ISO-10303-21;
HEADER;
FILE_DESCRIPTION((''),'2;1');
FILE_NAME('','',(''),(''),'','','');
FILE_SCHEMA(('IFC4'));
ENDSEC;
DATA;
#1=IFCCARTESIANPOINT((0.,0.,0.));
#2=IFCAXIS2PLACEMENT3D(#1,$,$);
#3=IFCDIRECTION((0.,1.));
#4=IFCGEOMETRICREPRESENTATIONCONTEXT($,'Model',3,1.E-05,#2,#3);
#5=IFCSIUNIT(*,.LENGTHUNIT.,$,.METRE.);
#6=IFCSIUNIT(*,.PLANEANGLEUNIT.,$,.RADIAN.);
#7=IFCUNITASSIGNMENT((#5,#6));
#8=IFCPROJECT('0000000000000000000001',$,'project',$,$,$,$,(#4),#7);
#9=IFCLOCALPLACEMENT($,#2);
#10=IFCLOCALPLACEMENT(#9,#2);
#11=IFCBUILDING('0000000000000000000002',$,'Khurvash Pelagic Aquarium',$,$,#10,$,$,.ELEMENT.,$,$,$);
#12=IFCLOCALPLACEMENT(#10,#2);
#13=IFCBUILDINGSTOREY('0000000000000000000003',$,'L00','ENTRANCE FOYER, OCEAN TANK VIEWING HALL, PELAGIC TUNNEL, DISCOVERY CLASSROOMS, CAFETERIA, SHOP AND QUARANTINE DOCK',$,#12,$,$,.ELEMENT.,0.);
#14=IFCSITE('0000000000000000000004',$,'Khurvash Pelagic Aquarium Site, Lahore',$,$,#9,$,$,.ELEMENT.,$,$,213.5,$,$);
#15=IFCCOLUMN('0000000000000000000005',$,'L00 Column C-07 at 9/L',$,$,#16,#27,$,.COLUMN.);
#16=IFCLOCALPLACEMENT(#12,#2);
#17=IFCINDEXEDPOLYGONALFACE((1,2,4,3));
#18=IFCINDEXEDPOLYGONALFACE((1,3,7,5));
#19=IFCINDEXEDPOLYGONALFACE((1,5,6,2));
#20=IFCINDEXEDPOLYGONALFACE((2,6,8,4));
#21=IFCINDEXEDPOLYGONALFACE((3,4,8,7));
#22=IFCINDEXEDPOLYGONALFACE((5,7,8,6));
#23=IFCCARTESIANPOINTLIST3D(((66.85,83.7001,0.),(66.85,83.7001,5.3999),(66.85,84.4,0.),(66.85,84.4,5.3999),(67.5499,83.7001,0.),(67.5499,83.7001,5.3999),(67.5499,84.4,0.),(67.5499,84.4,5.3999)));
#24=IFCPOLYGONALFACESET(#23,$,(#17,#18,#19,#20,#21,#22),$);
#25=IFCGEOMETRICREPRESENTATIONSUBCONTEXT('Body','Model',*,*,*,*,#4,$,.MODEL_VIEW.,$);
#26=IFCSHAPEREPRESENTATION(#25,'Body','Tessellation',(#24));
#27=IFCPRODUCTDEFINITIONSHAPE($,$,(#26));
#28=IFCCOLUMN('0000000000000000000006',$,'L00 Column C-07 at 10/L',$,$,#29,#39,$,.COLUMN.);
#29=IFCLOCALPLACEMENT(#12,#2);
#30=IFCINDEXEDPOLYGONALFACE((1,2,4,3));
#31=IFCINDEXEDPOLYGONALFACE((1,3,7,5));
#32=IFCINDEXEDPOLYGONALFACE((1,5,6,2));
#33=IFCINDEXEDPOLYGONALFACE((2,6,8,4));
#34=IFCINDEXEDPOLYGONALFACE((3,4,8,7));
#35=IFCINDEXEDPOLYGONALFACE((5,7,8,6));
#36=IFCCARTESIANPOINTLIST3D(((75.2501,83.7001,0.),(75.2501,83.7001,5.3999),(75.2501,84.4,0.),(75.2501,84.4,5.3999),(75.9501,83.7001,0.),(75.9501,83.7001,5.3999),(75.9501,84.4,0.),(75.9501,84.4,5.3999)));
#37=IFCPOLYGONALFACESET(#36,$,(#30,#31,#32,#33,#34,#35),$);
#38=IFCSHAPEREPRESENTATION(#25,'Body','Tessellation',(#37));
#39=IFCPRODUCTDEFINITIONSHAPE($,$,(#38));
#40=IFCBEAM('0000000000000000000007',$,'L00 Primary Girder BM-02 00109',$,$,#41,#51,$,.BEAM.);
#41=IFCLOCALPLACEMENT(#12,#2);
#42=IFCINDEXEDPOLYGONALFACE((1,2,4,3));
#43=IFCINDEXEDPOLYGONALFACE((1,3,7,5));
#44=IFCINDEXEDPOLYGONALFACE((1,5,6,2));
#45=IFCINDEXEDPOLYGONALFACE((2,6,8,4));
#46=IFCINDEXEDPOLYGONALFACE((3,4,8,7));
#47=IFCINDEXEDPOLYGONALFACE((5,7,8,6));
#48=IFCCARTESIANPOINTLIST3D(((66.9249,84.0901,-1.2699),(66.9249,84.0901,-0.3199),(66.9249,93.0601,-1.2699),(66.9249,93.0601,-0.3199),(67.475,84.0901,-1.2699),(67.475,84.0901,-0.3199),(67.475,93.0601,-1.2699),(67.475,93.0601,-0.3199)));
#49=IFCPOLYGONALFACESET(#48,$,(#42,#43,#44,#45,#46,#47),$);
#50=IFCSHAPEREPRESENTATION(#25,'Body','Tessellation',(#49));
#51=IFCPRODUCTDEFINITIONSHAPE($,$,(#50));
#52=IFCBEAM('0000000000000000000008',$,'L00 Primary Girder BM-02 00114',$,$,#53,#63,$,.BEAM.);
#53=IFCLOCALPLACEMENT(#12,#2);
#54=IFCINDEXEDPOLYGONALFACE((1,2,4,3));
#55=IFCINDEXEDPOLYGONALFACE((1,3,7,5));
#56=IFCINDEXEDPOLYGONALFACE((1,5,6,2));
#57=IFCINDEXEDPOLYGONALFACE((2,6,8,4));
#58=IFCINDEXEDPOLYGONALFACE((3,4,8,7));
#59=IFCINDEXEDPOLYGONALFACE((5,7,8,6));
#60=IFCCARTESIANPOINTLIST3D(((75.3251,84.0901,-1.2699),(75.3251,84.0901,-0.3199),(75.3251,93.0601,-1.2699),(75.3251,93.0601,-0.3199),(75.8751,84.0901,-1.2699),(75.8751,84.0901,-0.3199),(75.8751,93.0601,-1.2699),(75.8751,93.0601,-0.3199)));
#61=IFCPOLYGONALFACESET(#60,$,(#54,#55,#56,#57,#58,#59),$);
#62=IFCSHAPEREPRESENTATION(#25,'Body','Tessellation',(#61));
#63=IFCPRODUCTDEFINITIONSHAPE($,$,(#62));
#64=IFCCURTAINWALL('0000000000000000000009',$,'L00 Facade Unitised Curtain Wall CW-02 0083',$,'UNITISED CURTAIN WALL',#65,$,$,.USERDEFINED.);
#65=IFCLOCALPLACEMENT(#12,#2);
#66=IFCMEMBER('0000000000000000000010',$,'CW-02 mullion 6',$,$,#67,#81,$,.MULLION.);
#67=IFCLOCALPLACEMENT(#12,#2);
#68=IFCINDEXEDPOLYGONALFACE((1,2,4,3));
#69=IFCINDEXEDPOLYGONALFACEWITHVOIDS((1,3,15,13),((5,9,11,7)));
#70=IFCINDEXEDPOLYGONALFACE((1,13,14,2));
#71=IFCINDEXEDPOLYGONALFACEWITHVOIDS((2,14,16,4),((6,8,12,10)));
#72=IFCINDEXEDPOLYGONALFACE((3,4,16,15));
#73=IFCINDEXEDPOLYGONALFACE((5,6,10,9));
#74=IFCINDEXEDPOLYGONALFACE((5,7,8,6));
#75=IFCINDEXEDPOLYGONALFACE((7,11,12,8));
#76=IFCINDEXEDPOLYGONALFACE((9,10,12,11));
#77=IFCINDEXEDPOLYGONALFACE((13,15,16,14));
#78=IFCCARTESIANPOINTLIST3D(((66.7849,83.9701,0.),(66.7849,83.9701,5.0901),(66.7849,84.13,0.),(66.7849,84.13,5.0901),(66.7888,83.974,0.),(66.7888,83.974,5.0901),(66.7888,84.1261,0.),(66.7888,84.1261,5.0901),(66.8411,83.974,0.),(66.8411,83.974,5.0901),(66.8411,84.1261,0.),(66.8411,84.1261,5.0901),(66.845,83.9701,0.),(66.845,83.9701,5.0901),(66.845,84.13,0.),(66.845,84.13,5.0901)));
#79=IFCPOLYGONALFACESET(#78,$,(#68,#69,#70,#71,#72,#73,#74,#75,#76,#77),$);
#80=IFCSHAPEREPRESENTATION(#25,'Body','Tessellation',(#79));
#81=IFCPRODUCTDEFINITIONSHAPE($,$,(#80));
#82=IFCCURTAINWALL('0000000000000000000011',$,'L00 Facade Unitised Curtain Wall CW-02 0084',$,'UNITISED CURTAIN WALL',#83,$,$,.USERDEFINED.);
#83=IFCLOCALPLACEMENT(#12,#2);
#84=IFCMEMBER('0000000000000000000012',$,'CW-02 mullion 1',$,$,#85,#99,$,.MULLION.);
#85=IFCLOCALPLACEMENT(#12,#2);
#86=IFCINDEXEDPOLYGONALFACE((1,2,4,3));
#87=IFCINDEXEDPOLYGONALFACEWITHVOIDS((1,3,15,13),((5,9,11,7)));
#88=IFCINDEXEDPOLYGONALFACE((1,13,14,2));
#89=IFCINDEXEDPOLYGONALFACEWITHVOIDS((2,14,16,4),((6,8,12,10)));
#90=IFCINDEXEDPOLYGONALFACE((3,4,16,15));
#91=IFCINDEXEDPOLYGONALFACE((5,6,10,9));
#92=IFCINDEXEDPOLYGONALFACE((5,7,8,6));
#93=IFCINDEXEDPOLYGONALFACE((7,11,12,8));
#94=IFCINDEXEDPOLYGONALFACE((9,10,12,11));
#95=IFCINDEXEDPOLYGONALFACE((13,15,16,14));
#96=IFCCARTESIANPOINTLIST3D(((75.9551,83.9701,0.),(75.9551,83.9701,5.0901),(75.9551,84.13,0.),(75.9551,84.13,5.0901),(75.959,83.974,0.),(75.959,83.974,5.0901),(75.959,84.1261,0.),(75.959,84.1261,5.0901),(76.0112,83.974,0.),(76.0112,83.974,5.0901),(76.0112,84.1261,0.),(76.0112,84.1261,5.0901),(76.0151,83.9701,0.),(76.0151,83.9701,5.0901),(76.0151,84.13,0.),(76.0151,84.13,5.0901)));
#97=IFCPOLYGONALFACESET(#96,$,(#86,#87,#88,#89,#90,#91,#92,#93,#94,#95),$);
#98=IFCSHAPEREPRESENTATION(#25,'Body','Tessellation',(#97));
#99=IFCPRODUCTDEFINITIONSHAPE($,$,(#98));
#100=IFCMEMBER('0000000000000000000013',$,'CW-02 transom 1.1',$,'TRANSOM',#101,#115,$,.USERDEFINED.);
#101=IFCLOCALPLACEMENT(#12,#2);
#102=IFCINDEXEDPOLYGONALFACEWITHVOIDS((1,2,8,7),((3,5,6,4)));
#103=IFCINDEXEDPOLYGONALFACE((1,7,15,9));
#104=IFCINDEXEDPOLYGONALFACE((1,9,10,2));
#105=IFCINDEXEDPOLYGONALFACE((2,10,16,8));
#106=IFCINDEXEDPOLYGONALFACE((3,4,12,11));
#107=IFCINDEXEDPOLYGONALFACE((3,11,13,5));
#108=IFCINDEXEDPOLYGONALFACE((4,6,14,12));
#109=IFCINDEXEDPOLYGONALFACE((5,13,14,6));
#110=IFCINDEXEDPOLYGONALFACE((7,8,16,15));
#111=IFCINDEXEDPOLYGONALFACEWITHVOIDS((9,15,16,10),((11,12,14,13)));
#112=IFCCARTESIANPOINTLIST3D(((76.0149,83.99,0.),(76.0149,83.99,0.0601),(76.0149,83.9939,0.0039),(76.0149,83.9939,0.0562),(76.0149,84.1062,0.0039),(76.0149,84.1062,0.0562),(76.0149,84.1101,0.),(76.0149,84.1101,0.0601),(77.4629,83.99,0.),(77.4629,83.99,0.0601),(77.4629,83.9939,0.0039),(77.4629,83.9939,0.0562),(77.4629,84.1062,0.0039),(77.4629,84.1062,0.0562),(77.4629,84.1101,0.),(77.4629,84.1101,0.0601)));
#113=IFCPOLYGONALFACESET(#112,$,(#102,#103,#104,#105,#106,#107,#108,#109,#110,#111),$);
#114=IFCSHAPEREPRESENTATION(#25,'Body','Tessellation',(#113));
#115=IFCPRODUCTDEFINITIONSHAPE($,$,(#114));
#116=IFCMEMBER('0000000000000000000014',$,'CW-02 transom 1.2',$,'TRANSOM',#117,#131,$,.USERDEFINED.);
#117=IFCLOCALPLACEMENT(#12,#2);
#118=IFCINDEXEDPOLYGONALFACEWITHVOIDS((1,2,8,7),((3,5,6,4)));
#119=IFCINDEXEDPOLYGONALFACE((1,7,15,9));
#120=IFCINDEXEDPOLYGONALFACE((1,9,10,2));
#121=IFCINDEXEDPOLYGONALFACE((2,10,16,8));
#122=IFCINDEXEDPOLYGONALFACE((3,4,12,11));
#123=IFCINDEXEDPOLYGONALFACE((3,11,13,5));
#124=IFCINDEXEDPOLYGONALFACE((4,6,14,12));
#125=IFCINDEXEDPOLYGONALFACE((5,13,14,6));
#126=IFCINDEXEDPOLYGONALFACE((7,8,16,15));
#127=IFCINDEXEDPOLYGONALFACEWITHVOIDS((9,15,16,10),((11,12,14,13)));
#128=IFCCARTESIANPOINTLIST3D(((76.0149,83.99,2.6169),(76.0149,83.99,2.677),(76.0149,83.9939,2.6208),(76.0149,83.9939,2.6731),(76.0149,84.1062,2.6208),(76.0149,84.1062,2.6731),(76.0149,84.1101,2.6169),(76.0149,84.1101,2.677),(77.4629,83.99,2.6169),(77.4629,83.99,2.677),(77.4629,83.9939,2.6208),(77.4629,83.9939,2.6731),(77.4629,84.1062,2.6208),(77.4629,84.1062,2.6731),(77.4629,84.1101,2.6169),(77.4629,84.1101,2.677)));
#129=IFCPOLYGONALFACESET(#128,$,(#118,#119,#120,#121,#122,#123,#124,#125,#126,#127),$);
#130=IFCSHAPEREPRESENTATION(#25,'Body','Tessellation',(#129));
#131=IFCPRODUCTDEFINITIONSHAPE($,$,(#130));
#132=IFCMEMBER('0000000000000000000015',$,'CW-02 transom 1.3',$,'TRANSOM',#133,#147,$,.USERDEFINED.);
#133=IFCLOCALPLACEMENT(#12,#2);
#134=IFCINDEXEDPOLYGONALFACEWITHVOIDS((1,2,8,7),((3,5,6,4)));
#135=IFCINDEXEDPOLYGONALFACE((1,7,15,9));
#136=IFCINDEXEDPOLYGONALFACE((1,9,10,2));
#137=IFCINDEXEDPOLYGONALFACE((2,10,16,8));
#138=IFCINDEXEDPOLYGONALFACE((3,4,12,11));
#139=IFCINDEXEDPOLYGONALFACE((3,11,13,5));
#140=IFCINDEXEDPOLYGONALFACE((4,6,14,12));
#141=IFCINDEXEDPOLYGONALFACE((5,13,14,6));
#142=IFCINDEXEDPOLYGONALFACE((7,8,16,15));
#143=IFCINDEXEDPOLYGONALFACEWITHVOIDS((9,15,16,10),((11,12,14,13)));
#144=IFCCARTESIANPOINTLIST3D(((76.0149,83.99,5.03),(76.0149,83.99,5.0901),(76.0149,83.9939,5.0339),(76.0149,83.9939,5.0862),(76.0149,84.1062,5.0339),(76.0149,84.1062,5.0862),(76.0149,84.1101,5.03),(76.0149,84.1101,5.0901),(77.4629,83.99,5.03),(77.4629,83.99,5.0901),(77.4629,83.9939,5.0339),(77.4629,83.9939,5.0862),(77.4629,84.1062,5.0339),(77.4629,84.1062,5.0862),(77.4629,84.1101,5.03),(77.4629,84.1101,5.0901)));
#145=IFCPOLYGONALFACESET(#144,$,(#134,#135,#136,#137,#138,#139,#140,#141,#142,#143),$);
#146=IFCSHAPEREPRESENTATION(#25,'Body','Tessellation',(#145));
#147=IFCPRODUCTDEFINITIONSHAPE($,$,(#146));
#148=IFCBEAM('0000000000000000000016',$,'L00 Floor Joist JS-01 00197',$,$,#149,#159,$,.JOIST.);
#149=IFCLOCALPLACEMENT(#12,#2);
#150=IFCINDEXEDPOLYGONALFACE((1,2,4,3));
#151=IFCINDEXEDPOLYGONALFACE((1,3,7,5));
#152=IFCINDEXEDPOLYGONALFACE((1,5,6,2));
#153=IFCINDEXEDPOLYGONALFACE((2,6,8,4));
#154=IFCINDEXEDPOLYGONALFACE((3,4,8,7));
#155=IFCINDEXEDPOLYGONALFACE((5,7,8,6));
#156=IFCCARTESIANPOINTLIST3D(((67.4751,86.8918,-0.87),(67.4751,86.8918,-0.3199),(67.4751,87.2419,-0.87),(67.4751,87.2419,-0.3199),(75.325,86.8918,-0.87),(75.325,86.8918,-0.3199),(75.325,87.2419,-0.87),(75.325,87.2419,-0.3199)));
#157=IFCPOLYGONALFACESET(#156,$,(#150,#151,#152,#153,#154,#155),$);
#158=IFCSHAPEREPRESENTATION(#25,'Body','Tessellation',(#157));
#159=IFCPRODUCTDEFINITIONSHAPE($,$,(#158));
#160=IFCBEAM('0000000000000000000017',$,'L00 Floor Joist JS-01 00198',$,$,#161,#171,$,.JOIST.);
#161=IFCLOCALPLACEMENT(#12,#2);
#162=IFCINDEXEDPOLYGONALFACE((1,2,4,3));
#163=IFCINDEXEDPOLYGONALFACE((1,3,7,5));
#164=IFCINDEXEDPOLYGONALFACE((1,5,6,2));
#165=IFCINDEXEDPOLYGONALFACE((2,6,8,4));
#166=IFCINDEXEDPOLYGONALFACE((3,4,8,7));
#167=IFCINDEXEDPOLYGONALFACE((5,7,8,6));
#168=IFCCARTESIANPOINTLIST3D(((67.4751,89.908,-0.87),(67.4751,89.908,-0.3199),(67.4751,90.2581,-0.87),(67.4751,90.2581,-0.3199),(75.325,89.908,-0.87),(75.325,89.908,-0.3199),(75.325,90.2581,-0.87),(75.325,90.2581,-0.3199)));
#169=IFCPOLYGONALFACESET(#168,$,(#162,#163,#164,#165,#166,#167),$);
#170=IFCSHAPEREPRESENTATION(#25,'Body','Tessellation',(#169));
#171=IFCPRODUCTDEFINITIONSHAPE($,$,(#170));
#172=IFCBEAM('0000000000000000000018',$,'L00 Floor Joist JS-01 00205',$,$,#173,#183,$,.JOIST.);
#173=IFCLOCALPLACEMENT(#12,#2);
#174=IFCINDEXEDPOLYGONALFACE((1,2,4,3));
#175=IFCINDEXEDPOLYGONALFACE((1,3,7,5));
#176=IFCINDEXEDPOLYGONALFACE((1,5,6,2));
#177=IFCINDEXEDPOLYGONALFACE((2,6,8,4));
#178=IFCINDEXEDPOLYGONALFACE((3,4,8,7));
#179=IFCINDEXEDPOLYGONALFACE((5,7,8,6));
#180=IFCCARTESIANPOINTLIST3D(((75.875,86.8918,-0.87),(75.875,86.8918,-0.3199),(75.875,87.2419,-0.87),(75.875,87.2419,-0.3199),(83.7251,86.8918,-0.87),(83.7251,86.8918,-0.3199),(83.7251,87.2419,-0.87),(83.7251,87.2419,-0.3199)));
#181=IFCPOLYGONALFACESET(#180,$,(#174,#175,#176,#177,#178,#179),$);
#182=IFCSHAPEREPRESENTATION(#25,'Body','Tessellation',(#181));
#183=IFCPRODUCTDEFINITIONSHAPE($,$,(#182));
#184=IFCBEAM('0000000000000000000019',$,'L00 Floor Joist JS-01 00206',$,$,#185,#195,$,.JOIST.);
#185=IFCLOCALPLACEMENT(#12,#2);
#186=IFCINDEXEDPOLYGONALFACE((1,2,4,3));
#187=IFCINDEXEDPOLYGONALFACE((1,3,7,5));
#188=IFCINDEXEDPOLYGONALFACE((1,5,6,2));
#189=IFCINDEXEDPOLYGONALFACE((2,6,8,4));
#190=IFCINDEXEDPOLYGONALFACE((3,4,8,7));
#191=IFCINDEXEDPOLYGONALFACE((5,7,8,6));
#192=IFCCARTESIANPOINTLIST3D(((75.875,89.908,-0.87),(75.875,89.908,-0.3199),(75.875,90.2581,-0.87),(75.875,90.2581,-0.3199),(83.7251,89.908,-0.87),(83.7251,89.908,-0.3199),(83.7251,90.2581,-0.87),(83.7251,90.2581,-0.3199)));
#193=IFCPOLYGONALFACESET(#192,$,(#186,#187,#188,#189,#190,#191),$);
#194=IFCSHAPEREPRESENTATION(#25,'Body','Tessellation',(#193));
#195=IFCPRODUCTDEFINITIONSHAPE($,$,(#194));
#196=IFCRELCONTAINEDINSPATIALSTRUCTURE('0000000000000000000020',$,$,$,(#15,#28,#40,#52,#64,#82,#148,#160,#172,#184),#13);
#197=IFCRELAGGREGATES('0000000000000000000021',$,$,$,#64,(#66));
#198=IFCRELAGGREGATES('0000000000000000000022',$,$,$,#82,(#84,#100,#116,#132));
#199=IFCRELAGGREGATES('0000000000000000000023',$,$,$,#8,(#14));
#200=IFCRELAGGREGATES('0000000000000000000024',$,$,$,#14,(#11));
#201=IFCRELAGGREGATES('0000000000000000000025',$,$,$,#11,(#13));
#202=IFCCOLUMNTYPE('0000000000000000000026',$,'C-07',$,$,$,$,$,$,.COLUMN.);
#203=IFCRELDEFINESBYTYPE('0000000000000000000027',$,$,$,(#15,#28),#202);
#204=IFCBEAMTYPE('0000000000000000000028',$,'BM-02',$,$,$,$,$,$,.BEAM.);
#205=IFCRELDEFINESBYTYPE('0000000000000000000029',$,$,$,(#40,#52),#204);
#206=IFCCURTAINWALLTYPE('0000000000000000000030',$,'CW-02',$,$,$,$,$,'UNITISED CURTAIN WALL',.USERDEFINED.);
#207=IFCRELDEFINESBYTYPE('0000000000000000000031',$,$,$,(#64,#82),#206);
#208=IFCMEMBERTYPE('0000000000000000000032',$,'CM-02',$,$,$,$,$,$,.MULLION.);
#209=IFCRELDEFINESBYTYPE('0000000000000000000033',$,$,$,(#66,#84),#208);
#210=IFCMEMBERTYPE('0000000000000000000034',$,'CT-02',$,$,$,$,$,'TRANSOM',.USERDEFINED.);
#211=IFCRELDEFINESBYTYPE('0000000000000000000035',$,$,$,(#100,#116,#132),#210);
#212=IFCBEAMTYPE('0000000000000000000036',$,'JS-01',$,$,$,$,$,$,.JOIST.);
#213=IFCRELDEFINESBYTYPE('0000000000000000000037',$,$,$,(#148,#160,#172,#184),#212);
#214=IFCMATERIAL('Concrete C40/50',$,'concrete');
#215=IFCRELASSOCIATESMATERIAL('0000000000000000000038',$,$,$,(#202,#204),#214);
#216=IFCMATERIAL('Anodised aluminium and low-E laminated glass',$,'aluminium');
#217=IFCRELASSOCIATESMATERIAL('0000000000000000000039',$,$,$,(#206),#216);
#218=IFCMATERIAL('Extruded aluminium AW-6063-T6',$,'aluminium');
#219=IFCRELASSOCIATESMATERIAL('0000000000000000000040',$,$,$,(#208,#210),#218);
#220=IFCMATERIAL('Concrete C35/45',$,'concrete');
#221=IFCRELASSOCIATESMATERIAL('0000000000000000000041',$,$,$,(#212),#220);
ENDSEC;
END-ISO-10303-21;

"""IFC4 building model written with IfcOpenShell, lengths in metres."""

from ifc_helpers import new_model, si_unit, direction, frame, origin, origin_2d, place, context, subcontext, project, spatial, rectangle, hollow_rectangle, extrude, material, material_profile, profile_set, type_object, element, aggregate, save


model = new_model("IFC4")

# Units and contexts
model_context = context("Model", 3, precision=1e-05, world=origin(), true_north=direction((0.0, 1.0)))
body_context = subcontext(model_context, "Body", "Model", "MODEL_VIEW")
ifc_project = project(units=[si_unit("LENGTHUNIT", "METRE"), si_unit("PLANEANGLEUNIT", "RADIAN")], contexts=[model_context])

# Site, building, storey
site_placement = place(None, origin())
site = spatial("IfcSite", under=ifc_project, at=site_placement, Name="Khurvash Pelagic Aquarium Site, Lahore", CompositionType="ELEMENT", RefElevation=213.5)
building_placement = place(site_placement, origin())
building = spatial("IfcBuilding", under=site, at=building_placement, Name="Khurvash Pelagic Aquarium", CompositionType="ELEMENT")
storey_placement = place(building_placement, origin())
storey = spatial("IfcBuildingStorey", under=building, at=storey_placement, Name="L00", Description="ENTRANCE FOYER, OCEAN TANK VIEWING HALL, PELAGIC TUNNEL, DISCOVERY CLASSROOMS, CAFETERIA, SHOP AND QUARANTINE DOCK", CompositionType="ELEMENT", Elevation=0.0)

# Columns
ifc_material_1 = material(Name="Concrete C40/50", Category="concrete")
ifc_material_profile_1 = material_profile(ifc_material_1, rectangle(XDim=0.7, YDim=0.7, at=origin_2d()), Name="RC700X700")
ifc_profile_set_1 = profile_set([ifc_material_profile_1], Name="Concrete C40/50")
column_type = type_object("IfcColumnType", Name="C-07", PredefinedType="COLUMN", material=ifc_profile_set_1)
for number, where, z_axis, x_axis, name in (
    (1, (67.2, 84.05, 0.0), (0.0, 0.0, 1.0), (1.0, 0.0, 0.0), "L00 Column C-07 at 9/L"),
    (2, (75.6001, 84.05, 0.0), (0.0, 0.0, 1.0), (1.0, 0.0, 0.0), "L00 Column C-07 at 10/L"),
):
    element("IfcColumn", number, at=place(storey_placement, frame(where, z_axis=z_axis, x_axis=x_axis)), inside=storey, type_object=column_type, Name=name, PredefinedType="COLUMN", context=body_context, shape_type="SweptSolid", body=[
        extrude(rectangle(XDim=0.7, YDim=0.7, at=origin_2d()), origin(), (0.0, 0.0, 1.0), 5.3999),
    ])

# Beams
ifc_material_profile_2 = material_profile(ifc_material_1, rectangle(XDim=0.55, YDim=0.95, at=origin_2d()), Name="RC550X950")
ifc_profile_set_2 = profile_set([ifc_material_profile_2], Name="Concrete C40/50")
beam_type_1 = type_object("IfcBeamType", Name="BM-02", PredefinedType="BEAM", material=ifc_profile_set_2)
for number, where, z_axis, x_axis, name in (
    (3, (67.2, 84.0901, -0.7949), (0.0, 1.0, 0.0), (-1.0, 0.0, 0.0), "L00 Primary Girder BM-02 00109"),
    (4, (75.6001, 84.0901, -0.7949), (0.0, 1.0, 0.0), (-1.0, 0.0, 0.0), "L00 Primary Girder BM-02 00114"),
):
    element("IfcBeam", number, at=place(storey_placement, frame(where, z_axis=z_axis, x_axis=x_axis)), inside=storey, type_object=beam_type_1, Name=name, PredefinedType="BEAM", context=body_context, shape_type="SweptSolid", body=[
        extrude(rectangle(XDim=0.55, YDim=0.95, at=origin_2d()), origin(), (0.0, 0.0, 1.0), 8.97),
    ])

# Curtain wall, member
ifc_material_2 = material(Name="Anodised aluminium and low-E laminated glass", Category="aluminium")
curtain_wall_type = type_object("IfcCurtainWallType", Name="CW-02", ElementType="UNITISED CURTAIN WALL", PredefinedType="USERDEFINED", material=ifc_material_2)
curtain_wall_1_placement = place(storey_placement, origin())
curtain_wall_1 = element("IfcCurtainWall", 5, at=curtain_wall_1_placement, inside=storey, type_object=curtain_wall_type, Name="L00 Facade Unitised Curtain Wall CW-02 0083", ObjectType="UNITISED CURTAIN WALL", PredefinedType="USERDEFINED")
ifc_material_3 = material(Name="Extruded aluminium AW-6063-T6", Category="aluminium")
ifc_material_profile_3 = material_profile(ifc_material_3, hollow_rectangle(XDim=0.0601, YDim=0.1599, WallThickness=0.0039, at=origin_2d()), Name="CWM60X160X4")
ifc_profile_set_3 = profile_set([ifc_material_profile_3], Name="Extruded aluminium AW-6063-T6")
member_type_1 = type_object("IfcMemberType", Name="CM-02", PredefinedType="MULLION", material=ifc_profile_set_3)
member_1_placement = place(storey_placement, frame((66.8149, 84.05, 0.0), z_axis=(0.0, 0.0, 1.0), x_axis=(1.0, 0.0, 0.0)))
member_1 = element("IfcMember", 6, at=member_1_placement, type_object=member_type_1, Name="CW-02 mullion 6", PredefinedType="MULLION", context=body_context, shape_type="SweptSolid", body=[
    extrude(hollow_rectangle(XDim=0.0601, YDim=0.1599, WallThickness=0.0039, at=origin_2d()), origin(), (0.0, 0.0, 1.0), 5.0901),
])
aggregate(curtain_wall_1, [member_1])

# Curtain wall, members
curtain_wall_2_placement = place(storey_placement, origin())
curtain_wall_2 = element("IfcCurtainWall", 7, at=curtain_wall_2_placement, inside=storey, type_object=curtain_wall_type, Name="L00 Facade Unitised Curtain Wall CW-02 0084", ObjectType="UNITISED CURTAIN WALL", PredefinedType="USERDEFINED")
member_2_placement = place(storey_placement, frame((75.9851, 84.05, 0.0), z_axis=(0.0, 0.0, 1.0), x_axis=(1.0, 0.0, 0.0)))
member_2 = element("IfcMember", 8, at=member_2_placement, type_object=member_type_1, Name="CW-02 mullion 1", PredefinedType="MULLION", context=body_context, shape_type="SweptSolid", body=[
    extrude(hollow_rectangle(XDim=0.0601, YDim=0.1599, WallThickness=0.0039, at=origin_2d()), origin(), (0.0, 0.0, 1.0), 5.0901),
])
ifc_material_profile_4 = material_profile(ifc_material_3, hollow_rectangle(XDim=0.1201, YDim=0.0601, WallThickness=0.0039, at=origin_2d()), Name="CWT120X60X4")
ifc_profile_set_4 = profile_set([ifc_material_profile_4], Name="Extruded aluminium AW-6063-T6")
member_type_2 = type_object("IfcMemberType", Name="CT-02", ElementType="TRANSOM", PredefinedType="USERDEFINED", material=ifc_profile_set_4)
member_3_placement = place(storey_placement, frame((76.0149, 84.05, 0.03), z_axis=(1.0, 0.0, 0.0), x_axis=(0.0, 1.0, 0.0)))
member_3 = element("IfcMember", 9, at=member_3_placement, type_object=member_type_2, Name="CW-02 transom 1.1", ObjectType="TRANSOM", PredefinedType="USERDEFINED", context=body_context, shape_type="SweptSolid", body=[
    extrude(hollow_rectangle(XDim=0.1201, YDim=0.0601, WallThickness=0.0039, at=origin_2d()), origin(), (0.0, 0.0, 1.0), 1.448),
])
member_4_placement = place(storey_placement, frame((76.0149, 84.05, 2.647), z_axis=(1.0, 0.0, 0.0), x_axis=(0.0, 1.0, 0.0)))
member_4 = element("IfcMember", 10, at=member_4_placement, type_object=member_type_2, Name="CW-02 transom 1.2", ObjectType="TRANSOM", PredefinedType="USERDEFINED", context=body_context, shape_type="SweptSolid", body=[
    extrude(hollow_rectangle(XDim=0.1201, YDim=0.0601, WallThickness=0.0039, at=origin_2d()), origin(), (0.0, 0.0, 1.0), 1.448),
])
member_5_placement = place(storey_placement, frame((76.0149, 84.05, 5.0601), z_axis=(1.0, 0.0, 0.0), x_axis=(0.0, 1.0, 0.0)))
member_5 = element("IfcMember", 11, at=member_5_placement, type_object=member_type_2, Name="CW-02 transom 1.3", ObjectType="TRANSOM", PredefinedType="USERDEFINED", context=body_context, shape_type="SweptSolid", body=[
    extrude(hollow_rectangle(XDim=0.1201, YDim=0.0601, WallThickness=0.0039, at=origin_2d()), origin(), (0.0, 0.0, 1.0), 1.448),
])

# Beams
ifc_material_4 = material(Name="Concrete C35/45", Category="concrete")
ifc_material_profile_5 = material_profile(ifc_material_4, rectangle(XDim=0.3501, YDim=0.55, at=origin_2d()), Name="RC350X550")
ifc_profile_set_5 = profile_set([ifc_material_profile_5], Name="Concrete C35/45")
beam_type_2 = type_object("IfcBeamType", Name="JS-01", PredefinedType="JOIST", material=ifc_profile_set_5)
for number, where, z_axis, x_axis, name in (
    (12, (67.4751, 87.0669, -0.595), (1.0, 0.0, 0.0), (0.0, 1.0, 0.0), "L00 Floor Joist JS-01 00197"),
    (13, (67.4751, 90.083, -0.595), (1.0, 0.0, 0.0), (0.0, 1.0, 0.0), "L00 Floor Joist JS-01 00198"),
):
    element("IfcBeam", number, at=place(storey_placement, frame(where, z_axis=z_axis, x_axis=x_axis)), inside=storey, type_object=beam_type_2, Name=name, PredefinedType="JOIST", context=body_context, shape_type="SweptSolid", body=[
        extrude(rectangle(XDim=0.3501, YDim=0.55, at=origin_2d()), origin(), (0.0, 0.0, 1.0), 7.8499),
    ])
for number, where, z_axis, x_axis, name in (
    (14, (75.875, 87.0669, -0.595), (1.0, 0.0, 0.0), (0.0, 1.0, 0.0), "L00 Floor Joist JS-01 00205"),
    (15, (75.875, 90.083, -0.595), (1.0, 0.0, 0.0), (0.0, 1.0, 0.0), "L00 Floor Joist JS-01 00206"),
):
    element("IfcBeam", number, at=place(storey_placement, frame(where, z_axis=z_axis, x_axis=x_axis)), inside=storey, type_object=beam_type_2, Name=name, PredefinedType="JOIST", context=body_context, shape_type="SweptSolid", body=[
        extrude(rectangle(XDim=0.3501, YDim=0.55, at=origin_2d()), origin(), (0.0, 0.0, 1.0), 7.8501),
    ])

aggregate(curtain_wall_2, [member_2, member_3, member_4, member_5])

save(model, "model.ifc")
